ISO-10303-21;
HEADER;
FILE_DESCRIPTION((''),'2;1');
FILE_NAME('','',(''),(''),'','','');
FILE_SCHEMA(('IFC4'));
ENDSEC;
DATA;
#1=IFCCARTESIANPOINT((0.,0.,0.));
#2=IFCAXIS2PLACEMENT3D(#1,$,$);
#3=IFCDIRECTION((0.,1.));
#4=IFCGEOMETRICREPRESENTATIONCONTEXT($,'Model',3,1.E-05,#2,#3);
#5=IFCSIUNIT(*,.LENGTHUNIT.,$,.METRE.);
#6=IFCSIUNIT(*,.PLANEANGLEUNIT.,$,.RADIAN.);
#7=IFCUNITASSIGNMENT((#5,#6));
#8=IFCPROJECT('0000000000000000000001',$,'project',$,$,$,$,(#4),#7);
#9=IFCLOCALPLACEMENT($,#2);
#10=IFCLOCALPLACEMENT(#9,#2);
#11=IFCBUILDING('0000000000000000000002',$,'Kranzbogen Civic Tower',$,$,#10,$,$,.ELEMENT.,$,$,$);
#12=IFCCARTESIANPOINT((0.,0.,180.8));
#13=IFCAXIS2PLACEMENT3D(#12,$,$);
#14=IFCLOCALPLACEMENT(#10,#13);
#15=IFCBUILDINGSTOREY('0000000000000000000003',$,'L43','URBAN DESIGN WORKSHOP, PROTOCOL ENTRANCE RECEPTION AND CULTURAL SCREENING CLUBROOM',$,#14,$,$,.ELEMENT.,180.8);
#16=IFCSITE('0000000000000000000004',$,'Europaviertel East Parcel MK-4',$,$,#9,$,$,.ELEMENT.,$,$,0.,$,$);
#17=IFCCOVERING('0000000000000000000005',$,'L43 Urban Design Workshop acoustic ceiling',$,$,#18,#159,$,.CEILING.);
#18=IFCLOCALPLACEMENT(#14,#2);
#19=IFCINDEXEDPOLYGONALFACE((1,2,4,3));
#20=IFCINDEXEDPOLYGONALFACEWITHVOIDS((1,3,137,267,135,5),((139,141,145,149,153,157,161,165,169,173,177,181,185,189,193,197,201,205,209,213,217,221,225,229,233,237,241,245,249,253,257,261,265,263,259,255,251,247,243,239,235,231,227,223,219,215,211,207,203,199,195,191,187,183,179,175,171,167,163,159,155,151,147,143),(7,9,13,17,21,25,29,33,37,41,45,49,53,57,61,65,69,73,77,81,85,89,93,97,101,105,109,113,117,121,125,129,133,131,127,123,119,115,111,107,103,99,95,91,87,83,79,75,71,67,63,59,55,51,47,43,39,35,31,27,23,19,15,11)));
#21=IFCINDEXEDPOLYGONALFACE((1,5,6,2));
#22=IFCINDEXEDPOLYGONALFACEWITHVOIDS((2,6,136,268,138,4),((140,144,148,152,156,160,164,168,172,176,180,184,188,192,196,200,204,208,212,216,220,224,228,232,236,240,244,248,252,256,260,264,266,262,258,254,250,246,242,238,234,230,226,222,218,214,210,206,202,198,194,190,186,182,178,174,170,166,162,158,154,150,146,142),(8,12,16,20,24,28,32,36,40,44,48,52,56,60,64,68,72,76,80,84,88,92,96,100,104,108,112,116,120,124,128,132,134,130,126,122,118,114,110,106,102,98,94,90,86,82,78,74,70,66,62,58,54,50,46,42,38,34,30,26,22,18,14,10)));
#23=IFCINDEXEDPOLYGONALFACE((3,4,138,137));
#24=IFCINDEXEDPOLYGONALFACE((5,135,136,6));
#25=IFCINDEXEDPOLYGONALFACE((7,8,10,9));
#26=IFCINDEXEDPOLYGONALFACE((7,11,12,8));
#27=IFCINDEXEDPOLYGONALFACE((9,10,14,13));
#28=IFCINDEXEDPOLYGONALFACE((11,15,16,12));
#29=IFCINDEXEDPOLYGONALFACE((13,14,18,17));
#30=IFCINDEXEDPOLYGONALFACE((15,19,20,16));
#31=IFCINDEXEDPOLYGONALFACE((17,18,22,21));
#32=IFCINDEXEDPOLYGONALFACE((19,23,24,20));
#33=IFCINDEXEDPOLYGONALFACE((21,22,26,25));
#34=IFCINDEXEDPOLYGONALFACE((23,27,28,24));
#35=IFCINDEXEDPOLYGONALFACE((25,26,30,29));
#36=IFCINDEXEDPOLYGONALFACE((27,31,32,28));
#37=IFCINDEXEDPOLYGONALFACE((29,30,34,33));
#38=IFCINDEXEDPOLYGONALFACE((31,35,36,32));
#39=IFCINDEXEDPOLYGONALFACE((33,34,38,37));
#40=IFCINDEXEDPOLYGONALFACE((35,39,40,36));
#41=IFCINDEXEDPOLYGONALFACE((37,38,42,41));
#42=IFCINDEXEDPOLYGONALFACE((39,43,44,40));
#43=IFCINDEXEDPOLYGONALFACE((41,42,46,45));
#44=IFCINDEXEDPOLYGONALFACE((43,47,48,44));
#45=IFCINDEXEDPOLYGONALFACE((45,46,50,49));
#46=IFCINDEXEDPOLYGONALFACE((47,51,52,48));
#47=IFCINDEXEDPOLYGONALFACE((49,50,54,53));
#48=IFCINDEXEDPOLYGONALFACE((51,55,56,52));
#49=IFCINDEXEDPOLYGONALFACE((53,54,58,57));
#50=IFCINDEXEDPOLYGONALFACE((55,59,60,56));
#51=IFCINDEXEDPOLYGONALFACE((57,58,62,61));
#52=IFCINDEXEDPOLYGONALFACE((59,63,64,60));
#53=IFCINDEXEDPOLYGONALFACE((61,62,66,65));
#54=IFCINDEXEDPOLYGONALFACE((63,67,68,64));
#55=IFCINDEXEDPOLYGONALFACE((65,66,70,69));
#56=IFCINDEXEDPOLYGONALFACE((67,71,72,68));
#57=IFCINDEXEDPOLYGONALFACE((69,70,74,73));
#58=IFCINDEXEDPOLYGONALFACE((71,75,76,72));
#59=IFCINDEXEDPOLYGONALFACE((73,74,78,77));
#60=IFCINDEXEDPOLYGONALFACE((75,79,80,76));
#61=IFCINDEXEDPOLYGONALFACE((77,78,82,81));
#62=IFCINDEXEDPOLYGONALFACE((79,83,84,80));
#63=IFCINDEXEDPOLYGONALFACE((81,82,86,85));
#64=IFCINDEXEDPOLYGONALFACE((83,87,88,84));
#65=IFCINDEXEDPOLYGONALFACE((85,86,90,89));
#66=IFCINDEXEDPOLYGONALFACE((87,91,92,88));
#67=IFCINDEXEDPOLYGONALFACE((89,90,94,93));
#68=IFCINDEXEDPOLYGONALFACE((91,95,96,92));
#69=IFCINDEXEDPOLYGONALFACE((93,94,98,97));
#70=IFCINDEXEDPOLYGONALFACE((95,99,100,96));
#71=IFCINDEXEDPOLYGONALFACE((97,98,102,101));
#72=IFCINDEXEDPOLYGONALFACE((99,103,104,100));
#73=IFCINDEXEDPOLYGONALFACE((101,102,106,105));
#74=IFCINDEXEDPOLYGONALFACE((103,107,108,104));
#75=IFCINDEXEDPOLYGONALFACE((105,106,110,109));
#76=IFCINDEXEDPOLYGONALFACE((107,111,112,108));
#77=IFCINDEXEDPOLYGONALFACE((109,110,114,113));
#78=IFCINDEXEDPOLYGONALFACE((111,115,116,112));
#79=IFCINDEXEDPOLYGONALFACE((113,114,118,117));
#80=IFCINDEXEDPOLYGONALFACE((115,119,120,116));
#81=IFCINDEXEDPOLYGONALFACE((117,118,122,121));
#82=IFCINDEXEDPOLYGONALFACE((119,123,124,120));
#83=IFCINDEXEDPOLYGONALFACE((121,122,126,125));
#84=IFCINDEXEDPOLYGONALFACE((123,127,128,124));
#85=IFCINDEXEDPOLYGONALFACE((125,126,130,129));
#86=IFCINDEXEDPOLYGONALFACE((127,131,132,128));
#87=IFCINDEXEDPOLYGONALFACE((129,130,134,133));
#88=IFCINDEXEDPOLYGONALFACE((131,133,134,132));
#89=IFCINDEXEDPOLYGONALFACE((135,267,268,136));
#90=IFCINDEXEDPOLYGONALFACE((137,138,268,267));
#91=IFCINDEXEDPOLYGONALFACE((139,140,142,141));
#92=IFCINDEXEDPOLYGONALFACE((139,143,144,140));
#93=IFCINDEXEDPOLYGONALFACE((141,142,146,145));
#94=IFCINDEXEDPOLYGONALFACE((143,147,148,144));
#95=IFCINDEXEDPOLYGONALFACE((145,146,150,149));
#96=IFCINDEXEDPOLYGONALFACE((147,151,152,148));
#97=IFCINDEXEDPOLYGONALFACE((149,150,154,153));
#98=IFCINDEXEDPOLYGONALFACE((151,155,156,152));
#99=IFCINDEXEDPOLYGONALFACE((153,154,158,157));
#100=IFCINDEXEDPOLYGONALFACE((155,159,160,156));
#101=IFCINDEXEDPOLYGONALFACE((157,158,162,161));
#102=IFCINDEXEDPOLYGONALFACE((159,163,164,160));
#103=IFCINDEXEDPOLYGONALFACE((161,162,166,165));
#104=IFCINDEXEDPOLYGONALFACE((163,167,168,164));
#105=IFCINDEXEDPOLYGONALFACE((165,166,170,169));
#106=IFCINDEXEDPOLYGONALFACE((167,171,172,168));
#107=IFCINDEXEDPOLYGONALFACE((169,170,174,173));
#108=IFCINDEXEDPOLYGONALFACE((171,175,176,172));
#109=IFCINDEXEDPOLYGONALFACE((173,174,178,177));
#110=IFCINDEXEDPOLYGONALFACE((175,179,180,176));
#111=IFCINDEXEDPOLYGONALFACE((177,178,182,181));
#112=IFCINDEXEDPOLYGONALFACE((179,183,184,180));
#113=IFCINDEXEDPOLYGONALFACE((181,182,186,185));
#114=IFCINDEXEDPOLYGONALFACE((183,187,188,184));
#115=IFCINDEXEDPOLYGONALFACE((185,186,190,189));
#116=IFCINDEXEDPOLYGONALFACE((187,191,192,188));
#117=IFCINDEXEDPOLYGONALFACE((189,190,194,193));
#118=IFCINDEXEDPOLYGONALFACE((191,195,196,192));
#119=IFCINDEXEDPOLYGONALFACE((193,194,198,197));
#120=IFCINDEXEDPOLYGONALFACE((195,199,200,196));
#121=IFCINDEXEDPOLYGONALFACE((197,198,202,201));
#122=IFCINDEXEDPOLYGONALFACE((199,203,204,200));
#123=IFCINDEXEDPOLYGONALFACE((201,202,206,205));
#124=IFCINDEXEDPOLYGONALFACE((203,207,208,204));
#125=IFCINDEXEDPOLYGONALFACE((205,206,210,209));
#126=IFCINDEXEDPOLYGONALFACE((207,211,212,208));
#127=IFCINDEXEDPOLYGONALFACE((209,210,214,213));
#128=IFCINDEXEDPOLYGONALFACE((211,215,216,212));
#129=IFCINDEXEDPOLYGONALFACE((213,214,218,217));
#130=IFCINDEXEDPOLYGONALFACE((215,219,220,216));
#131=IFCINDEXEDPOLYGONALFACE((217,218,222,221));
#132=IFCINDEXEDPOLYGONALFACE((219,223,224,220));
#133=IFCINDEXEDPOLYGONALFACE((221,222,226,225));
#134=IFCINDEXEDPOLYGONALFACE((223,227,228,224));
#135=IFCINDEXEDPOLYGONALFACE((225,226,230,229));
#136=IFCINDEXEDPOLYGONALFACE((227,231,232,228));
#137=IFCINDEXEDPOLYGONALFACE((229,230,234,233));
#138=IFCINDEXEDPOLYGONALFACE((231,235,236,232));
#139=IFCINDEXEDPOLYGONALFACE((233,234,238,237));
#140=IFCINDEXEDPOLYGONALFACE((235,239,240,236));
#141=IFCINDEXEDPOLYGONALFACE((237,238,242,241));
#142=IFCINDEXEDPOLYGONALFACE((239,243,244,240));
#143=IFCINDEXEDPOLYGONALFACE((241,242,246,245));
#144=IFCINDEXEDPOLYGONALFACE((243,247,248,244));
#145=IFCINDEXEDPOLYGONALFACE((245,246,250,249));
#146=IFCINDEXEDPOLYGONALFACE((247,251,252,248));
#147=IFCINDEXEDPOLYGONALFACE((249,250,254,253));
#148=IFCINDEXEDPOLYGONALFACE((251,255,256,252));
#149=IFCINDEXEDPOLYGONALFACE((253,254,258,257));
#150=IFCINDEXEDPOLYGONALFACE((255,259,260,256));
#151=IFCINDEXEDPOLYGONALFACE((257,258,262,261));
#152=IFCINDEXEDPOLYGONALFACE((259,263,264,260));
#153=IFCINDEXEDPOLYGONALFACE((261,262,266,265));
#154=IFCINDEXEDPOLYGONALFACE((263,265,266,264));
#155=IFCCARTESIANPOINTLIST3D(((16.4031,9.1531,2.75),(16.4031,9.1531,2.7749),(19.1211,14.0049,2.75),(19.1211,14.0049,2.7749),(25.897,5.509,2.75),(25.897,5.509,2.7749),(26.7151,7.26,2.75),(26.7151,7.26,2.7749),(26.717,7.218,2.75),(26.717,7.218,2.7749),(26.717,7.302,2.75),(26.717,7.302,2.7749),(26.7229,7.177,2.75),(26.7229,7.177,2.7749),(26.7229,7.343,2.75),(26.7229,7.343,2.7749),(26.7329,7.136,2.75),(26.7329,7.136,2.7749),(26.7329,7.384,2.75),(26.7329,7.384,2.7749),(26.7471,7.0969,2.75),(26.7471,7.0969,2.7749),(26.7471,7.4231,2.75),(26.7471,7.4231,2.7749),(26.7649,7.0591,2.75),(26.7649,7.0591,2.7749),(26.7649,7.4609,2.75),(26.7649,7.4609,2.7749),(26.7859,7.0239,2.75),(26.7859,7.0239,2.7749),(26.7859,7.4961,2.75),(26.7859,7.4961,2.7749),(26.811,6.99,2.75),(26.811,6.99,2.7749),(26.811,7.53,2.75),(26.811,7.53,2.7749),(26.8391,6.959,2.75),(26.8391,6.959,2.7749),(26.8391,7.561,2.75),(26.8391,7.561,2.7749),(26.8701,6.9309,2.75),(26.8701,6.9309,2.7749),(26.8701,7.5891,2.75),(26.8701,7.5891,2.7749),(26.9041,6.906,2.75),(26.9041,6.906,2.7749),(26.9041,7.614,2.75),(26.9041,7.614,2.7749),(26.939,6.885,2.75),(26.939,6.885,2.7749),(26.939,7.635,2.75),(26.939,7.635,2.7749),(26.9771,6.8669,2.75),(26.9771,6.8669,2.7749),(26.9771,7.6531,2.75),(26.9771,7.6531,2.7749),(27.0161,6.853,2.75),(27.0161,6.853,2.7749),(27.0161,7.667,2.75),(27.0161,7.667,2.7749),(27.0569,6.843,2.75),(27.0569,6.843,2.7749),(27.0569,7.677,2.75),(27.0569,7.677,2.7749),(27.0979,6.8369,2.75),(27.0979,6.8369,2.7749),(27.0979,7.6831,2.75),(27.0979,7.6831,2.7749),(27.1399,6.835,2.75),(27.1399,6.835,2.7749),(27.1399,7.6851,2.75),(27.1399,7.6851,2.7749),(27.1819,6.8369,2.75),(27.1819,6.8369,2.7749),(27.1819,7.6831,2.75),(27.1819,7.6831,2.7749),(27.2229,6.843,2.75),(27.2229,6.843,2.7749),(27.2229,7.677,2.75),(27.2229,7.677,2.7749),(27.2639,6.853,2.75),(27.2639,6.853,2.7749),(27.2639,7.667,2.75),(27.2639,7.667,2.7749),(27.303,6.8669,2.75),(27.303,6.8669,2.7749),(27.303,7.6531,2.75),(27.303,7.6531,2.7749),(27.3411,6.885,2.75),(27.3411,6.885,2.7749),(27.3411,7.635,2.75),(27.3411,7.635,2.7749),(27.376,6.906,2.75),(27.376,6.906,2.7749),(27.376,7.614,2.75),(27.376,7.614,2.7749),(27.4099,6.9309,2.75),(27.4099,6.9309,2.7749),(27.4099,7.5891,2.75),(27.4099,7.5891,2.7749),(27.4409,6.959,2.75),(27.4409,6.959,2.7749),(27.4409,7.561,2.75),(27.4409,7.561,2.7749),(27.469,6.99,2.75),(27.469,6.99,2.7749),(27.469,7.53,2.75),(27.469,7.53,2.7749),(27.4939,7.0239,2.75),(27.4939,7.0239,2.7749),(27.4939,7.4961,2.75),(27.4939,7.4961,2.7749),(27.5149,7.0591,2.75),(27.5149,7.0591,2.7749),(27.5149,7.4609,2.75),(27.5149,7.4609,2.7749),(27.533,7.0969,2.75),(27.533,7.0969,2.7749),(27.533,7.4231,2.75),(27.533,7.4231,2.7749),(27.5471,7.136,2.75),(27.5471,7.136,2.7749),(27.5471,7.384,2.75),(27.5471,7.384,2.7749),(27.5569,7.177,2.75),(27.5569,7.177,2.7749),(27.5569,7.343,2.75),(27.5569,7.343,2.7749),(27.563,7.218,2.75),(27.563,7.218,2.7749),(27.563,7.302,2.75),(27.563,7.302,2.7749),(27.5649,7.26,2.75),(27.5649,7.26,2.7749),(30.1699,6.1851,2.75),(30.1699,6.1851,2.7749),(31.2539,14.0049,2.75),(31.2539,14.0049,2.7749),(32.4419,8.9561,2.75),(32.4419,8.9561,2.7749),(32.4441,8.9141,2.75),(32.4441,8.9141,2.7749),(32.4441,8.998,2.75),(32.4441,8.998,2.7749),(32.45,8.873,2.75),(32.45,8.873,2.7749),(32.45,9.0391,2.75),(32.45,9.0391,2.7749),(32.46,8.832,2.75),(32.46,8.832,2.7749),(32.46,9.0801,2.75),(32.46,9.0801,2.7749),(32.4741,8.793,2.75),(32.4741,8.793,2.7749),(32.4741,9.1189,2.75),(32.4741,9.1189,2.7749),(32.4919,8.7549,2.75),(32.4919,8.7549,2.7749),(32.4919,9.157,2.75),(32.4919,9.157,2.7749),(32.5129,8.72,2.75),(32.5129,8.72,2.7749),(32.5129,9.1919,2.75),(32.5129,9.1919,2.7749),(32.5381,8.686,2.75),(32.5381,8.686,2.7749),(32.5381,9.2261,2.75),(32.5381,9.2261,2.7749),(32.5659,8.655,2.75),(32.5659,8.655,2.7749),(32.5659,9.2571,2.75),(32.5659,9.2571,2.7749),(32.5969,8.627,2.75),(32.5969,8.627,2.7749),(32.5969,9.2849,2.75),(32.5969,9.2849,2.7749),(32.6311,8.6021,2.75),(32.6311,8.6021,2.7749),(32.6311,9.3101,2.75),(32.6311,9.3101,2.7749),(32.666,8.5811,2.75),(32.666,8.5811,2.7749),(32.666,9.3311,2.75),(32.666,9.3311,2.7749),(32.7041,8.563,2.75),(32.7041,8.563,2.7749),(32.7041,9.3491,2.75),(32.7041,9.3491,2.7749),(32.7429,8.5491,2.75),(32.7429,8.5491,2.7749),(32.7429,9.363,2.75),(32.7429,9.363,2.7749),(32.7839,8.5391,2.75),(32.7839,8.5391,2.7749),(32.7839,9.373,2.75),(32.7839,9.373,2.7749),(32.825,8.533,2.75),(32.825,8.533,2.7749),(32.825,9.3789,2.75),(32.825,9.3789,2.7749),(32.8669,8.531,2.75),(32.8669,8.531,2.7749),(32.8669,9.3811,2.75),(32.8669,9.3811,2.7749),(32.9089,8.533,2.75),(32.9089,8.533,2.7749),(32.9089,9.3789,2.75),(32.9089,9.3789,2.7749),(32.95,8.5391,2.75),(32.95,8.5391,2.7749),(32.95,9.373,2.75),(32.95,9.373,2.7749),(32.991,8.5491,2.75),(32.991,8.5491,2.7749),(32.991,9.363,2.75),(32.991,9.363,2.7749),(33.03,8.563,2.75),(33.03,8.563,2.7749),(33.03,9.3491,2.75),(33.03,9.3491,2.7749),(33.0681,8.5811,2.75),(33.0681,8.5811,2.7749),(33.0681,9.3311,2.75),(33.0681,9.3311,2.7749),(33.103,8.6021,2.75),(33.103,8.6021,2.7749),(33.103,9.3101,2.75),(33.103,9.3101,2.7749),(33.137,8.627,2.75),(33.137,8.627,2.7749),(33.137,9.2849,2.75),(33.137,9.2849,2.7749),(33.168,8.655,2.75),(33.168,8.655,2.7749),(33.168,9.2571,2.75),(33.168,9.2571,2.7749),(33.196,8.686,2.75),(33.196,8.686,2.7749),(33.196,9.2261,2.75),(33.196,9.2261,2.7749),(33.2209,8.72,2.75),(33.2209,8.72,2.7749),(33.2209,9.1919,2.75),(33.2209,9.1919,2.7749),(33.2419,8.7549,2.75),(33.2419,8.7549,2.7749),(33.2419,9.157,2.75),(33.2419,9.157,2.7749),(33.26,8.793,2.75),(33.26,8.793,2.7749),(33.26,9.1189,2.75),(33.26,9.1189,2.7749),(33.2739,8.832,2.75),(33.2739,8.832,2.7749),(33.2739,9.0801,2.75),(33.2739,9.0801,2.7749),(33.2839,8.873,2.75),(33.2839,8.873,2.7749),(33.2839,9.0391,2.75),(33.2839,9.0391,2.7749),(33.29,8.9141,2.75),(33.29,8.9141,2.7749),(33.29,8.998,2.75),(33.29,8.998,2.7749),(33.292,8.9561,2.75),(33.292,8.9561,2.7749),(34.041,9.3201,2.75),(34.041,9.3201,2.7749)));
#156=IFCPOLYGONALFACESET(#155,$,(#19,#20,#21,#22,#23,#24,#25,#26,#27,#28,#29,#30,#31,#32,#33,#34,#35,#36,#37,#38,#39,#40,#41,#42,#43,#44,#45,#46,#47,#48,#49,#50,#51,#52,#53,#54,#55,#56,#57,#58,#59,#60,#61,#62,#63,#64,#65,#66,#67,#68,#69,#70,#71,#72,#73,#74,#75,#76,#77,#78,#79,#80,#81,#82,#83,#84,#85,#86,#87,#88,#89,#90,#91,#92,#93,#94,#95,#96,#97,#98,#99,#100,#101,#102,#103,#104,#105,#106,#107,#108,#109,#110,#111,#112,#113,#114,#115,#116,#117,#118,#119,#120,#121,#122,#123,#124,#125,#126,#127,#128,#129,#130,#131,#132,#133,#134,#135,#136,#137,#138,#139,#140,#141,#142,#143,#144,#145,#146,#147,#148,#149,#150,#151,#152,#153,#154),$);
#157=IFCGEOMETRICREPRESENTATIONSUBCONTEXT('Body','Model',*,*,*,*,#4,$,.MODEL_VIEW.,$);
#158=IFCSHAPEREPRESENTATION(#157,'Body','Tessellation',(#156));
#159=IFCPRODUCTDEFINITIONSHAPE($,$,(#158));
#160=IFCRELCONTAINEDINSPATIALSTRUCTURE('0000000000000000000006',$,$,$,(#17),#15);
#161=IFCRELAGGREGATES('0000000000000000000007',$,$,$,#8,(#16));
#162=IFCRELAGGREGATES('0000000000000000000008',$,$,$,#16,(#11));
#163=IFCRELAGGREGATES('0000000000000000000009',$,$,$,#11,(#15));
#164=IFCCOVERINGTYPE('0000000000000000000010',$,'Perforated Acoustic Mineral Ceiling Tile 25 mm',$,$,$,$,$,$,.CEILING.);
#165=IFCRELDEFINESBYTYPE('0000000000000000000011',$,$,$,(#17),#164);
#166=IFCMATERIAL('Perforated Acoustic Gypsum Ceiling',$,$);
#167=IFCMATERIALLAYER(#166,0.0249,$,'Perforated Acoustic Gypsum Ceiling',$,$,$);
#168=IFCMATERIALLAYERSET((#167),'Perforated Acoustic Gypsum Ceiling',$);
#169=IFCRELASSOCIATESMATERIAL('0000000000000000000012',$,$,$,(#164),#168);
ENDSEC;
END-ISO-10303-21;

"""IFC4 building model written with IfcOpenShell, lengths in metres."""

from ifc_helpers import new_model, si_unit, direction, frame, origin, place, context, subcontext, project, spatial, polyline, outline, extrude, material, layer, layer_set, type_object, element, save


model = new_model("IFC4")

# Units and contexts
model_context = context("Model", 3, precision=1e-05, world=origin(), true_north=direction((0.0, 1.0)))
body_context = subcontext(model_context, "Body", "Model", "MODEL_VIEW")
ifc_project = project(units=[si_unit("LENGTHUNIT", "METRE"), si_unit("PLANEANGLEUNIT", "RADIAN")], contexts=[model_context])

# Site, building, storey
site_placement = place(None, origin())
site = spatial("IfcSite", under=ifc_project, at=site_placement, Name="Europaviertel East Parcel MK-4", CompositionType="ELEMENT", RefElevation=0.0)
building_placement = place(site_placement, origin())
building = spatial("IfcBuilding", under=site, at=building_placement, Name="Kranzbogen Civic Tower", CompositionType="ELEMENT")
storey_placement = place(building_placement, frame((0.0, 0.0, 180.8)))
storey = spatial("IfcBuildingStorey", under=building, at=storey_placement, Name="L43", Description="URBAN DESIGN WORKSHOP, PROTOCOL ENTRANCE RECEPTION AND CULTURAL SCREENING CLUBROOM", CompositionType="ELEMENT", Elevation=180.8)

# Covering
ifc_material_1 = material(Name="Perforated Acoustic Gypsum Ceiling")
ifc_layer_1 = layer(ifc_material_1, 0.0249, Name="Perforated Acoustic Gypsum Ceiling")
ifc_layer_set_1 = layer_set([ifc_layer_1], Name="Perforated Acoustic Gypsum Ceiling")
covering_type_1 = type_object("IfcCoveringType", Name="Perforated Acoustic Mineral Ceiling Tile 25 mm", PredefinedType="CEILING", material=ifc_layer_set_1)
covering_1_placement = place(storey_placement, frame((0.0, 0.0, 2.75)))
element("IfcCovering", 1, at=covering_1_placement, inside=storey, type_object=covering_type_1, Name="L43 Urban Design Workshop acoustic ceiling", PredefinedType="CEILING", context=body_context, shape_type="SweptSolid", body=[
    extrude(outline(polyline([(25.897, 5.509), (16.4031, 9.1531), (19.1211, 14.0049), (31.2539, 14.0049), (34.041, 9.3201), (30.1699, 6.1851), (25.897, 5.509)]), holes=[polyline([(27.533, 7.0969), (27.5149, 7.0591), (27.4939, 7.0239), (27.469, 6.99), (27.4409, 6.959), (27.4099, 6.9309), (27.376, 6.906), (27.3411, 6.885), (27.303, 6.8669), (27.2639, 6.853), (27.2229, 6.843), (27.1819, 6.8369), (27.1399, 6.835), (27.0979, 6.8369), (27.0569, 6.843), (27.0161, 6.853), (26.9771, 6.8669), (26.939, 6.885), (26.9041, 6.906), (26.8701, 6.9309), (26.8391, 6.959), (26.811, 6.99), (26.7859, 7.0239), (26.7649, 7.0591), (26.7471, 7.0969), (26.7329, 7.136), (26.7229, 7.177), (26.717, 7.218), (26.7151, 7.26), (26.717, 7.302), (26.7229, 7.343), (26.7329, 7.384), (26.7471, 7.4231), (26.7649, 7.4609), (26.7859, 7.4961), (26.811, 7.53), (26.8391, 7.561), (26.8701, 7.5891), (26.9041, 7.614), (26.939, 7.635), (26.9771, 7.6531), (27.0161, 7.667), (27.0569, 7.677), (27.0979, 7.6831), (27.1399, 7.6851), (27.1819, 7.6831), (27.2229, 7.677), (27.2639, 7.667), (27.303, 7.6531), (27.3411, 7.635), (27.376, 7.614), (27.4099, 7.5891), (27.4409, 7.561), (27.469, 7.53), (27.4939, 7.4961), (27.5149, 7.4609), (27.533, 7.4231), (27.5471, 7.384), (27.5569, 7.343), (27.563, 7.302), (27.5649, 7.26), (27.563, 7.218), (27.5569, 7.177), (27.5471, 7.136), (27.533, 7.0969)]), polyline([(33.26, 8.793), (33.2419, 8.7549), (33.2209, 8.72), (33.196, 8.686), (33.168, 8.655), (33.137, 8.627), (33.103, 8.6021), (33.0681, 8.5811), (33.03, 8.563), (32.991, 8.5491), (32.95, 8.5391), (32.9089, 8.533), (32.8669, 8.531), (32.825, 8.533), (32.7839, 8.5391), (32.7429, 8.5491), (32.7041, 8.563), (32.666, 8.5811), (32.6311, 8.6021), (32.5969, 8.627), (32.5659, 8.655), (32.5381, 8.686), (32.5129, 8.72), (32.4919, 8.7549), (32.4741, 8.793), (32.46, 8.832), (32.45, 8.873), (32.4441, 8.9141), (32.4419, 8.9561), (32.4441, 8.998), (32.45, 9.0391), (32.46, 9.0801), (32.4741, 9.1189), (32.4919, 9.157), (32.5129, 9.1919), (32.5381, 9.2261), (32.5659, 9.2571), (32.5969, 9.2849), (32.6311, 9.3101), (32.666, 9.3311), (32.7041, 9.3491), (32.7429, 9.363), (32.7839, 9.373), (32.825, 9.3789), (32.8669, 9.3811), (32.9089, 9.3789), (32.95, 9.373), (32.991, 9.363), (33.03, 9.3491), (33.0681, 9.3311), (33.103, 9.3101), (33.137, 9.2849), (33.168, 9.2571), (33.196, 9.2261), (33.2209, 9.1919), (33.2419, 9.157), (33.26, 9.1189), (33.2739, 9.0801), (33.2839, 9.0391), (33.29, 8.998), (33.292, 8.9561), (33.29, 8.9141), (33.2839, 8.873), (33.2739, 8.832), (33.26, 8.793)])]), origin(), (0.0, 0.0, 1.0), 0.0249),
])

save(model, "model.ifc")
